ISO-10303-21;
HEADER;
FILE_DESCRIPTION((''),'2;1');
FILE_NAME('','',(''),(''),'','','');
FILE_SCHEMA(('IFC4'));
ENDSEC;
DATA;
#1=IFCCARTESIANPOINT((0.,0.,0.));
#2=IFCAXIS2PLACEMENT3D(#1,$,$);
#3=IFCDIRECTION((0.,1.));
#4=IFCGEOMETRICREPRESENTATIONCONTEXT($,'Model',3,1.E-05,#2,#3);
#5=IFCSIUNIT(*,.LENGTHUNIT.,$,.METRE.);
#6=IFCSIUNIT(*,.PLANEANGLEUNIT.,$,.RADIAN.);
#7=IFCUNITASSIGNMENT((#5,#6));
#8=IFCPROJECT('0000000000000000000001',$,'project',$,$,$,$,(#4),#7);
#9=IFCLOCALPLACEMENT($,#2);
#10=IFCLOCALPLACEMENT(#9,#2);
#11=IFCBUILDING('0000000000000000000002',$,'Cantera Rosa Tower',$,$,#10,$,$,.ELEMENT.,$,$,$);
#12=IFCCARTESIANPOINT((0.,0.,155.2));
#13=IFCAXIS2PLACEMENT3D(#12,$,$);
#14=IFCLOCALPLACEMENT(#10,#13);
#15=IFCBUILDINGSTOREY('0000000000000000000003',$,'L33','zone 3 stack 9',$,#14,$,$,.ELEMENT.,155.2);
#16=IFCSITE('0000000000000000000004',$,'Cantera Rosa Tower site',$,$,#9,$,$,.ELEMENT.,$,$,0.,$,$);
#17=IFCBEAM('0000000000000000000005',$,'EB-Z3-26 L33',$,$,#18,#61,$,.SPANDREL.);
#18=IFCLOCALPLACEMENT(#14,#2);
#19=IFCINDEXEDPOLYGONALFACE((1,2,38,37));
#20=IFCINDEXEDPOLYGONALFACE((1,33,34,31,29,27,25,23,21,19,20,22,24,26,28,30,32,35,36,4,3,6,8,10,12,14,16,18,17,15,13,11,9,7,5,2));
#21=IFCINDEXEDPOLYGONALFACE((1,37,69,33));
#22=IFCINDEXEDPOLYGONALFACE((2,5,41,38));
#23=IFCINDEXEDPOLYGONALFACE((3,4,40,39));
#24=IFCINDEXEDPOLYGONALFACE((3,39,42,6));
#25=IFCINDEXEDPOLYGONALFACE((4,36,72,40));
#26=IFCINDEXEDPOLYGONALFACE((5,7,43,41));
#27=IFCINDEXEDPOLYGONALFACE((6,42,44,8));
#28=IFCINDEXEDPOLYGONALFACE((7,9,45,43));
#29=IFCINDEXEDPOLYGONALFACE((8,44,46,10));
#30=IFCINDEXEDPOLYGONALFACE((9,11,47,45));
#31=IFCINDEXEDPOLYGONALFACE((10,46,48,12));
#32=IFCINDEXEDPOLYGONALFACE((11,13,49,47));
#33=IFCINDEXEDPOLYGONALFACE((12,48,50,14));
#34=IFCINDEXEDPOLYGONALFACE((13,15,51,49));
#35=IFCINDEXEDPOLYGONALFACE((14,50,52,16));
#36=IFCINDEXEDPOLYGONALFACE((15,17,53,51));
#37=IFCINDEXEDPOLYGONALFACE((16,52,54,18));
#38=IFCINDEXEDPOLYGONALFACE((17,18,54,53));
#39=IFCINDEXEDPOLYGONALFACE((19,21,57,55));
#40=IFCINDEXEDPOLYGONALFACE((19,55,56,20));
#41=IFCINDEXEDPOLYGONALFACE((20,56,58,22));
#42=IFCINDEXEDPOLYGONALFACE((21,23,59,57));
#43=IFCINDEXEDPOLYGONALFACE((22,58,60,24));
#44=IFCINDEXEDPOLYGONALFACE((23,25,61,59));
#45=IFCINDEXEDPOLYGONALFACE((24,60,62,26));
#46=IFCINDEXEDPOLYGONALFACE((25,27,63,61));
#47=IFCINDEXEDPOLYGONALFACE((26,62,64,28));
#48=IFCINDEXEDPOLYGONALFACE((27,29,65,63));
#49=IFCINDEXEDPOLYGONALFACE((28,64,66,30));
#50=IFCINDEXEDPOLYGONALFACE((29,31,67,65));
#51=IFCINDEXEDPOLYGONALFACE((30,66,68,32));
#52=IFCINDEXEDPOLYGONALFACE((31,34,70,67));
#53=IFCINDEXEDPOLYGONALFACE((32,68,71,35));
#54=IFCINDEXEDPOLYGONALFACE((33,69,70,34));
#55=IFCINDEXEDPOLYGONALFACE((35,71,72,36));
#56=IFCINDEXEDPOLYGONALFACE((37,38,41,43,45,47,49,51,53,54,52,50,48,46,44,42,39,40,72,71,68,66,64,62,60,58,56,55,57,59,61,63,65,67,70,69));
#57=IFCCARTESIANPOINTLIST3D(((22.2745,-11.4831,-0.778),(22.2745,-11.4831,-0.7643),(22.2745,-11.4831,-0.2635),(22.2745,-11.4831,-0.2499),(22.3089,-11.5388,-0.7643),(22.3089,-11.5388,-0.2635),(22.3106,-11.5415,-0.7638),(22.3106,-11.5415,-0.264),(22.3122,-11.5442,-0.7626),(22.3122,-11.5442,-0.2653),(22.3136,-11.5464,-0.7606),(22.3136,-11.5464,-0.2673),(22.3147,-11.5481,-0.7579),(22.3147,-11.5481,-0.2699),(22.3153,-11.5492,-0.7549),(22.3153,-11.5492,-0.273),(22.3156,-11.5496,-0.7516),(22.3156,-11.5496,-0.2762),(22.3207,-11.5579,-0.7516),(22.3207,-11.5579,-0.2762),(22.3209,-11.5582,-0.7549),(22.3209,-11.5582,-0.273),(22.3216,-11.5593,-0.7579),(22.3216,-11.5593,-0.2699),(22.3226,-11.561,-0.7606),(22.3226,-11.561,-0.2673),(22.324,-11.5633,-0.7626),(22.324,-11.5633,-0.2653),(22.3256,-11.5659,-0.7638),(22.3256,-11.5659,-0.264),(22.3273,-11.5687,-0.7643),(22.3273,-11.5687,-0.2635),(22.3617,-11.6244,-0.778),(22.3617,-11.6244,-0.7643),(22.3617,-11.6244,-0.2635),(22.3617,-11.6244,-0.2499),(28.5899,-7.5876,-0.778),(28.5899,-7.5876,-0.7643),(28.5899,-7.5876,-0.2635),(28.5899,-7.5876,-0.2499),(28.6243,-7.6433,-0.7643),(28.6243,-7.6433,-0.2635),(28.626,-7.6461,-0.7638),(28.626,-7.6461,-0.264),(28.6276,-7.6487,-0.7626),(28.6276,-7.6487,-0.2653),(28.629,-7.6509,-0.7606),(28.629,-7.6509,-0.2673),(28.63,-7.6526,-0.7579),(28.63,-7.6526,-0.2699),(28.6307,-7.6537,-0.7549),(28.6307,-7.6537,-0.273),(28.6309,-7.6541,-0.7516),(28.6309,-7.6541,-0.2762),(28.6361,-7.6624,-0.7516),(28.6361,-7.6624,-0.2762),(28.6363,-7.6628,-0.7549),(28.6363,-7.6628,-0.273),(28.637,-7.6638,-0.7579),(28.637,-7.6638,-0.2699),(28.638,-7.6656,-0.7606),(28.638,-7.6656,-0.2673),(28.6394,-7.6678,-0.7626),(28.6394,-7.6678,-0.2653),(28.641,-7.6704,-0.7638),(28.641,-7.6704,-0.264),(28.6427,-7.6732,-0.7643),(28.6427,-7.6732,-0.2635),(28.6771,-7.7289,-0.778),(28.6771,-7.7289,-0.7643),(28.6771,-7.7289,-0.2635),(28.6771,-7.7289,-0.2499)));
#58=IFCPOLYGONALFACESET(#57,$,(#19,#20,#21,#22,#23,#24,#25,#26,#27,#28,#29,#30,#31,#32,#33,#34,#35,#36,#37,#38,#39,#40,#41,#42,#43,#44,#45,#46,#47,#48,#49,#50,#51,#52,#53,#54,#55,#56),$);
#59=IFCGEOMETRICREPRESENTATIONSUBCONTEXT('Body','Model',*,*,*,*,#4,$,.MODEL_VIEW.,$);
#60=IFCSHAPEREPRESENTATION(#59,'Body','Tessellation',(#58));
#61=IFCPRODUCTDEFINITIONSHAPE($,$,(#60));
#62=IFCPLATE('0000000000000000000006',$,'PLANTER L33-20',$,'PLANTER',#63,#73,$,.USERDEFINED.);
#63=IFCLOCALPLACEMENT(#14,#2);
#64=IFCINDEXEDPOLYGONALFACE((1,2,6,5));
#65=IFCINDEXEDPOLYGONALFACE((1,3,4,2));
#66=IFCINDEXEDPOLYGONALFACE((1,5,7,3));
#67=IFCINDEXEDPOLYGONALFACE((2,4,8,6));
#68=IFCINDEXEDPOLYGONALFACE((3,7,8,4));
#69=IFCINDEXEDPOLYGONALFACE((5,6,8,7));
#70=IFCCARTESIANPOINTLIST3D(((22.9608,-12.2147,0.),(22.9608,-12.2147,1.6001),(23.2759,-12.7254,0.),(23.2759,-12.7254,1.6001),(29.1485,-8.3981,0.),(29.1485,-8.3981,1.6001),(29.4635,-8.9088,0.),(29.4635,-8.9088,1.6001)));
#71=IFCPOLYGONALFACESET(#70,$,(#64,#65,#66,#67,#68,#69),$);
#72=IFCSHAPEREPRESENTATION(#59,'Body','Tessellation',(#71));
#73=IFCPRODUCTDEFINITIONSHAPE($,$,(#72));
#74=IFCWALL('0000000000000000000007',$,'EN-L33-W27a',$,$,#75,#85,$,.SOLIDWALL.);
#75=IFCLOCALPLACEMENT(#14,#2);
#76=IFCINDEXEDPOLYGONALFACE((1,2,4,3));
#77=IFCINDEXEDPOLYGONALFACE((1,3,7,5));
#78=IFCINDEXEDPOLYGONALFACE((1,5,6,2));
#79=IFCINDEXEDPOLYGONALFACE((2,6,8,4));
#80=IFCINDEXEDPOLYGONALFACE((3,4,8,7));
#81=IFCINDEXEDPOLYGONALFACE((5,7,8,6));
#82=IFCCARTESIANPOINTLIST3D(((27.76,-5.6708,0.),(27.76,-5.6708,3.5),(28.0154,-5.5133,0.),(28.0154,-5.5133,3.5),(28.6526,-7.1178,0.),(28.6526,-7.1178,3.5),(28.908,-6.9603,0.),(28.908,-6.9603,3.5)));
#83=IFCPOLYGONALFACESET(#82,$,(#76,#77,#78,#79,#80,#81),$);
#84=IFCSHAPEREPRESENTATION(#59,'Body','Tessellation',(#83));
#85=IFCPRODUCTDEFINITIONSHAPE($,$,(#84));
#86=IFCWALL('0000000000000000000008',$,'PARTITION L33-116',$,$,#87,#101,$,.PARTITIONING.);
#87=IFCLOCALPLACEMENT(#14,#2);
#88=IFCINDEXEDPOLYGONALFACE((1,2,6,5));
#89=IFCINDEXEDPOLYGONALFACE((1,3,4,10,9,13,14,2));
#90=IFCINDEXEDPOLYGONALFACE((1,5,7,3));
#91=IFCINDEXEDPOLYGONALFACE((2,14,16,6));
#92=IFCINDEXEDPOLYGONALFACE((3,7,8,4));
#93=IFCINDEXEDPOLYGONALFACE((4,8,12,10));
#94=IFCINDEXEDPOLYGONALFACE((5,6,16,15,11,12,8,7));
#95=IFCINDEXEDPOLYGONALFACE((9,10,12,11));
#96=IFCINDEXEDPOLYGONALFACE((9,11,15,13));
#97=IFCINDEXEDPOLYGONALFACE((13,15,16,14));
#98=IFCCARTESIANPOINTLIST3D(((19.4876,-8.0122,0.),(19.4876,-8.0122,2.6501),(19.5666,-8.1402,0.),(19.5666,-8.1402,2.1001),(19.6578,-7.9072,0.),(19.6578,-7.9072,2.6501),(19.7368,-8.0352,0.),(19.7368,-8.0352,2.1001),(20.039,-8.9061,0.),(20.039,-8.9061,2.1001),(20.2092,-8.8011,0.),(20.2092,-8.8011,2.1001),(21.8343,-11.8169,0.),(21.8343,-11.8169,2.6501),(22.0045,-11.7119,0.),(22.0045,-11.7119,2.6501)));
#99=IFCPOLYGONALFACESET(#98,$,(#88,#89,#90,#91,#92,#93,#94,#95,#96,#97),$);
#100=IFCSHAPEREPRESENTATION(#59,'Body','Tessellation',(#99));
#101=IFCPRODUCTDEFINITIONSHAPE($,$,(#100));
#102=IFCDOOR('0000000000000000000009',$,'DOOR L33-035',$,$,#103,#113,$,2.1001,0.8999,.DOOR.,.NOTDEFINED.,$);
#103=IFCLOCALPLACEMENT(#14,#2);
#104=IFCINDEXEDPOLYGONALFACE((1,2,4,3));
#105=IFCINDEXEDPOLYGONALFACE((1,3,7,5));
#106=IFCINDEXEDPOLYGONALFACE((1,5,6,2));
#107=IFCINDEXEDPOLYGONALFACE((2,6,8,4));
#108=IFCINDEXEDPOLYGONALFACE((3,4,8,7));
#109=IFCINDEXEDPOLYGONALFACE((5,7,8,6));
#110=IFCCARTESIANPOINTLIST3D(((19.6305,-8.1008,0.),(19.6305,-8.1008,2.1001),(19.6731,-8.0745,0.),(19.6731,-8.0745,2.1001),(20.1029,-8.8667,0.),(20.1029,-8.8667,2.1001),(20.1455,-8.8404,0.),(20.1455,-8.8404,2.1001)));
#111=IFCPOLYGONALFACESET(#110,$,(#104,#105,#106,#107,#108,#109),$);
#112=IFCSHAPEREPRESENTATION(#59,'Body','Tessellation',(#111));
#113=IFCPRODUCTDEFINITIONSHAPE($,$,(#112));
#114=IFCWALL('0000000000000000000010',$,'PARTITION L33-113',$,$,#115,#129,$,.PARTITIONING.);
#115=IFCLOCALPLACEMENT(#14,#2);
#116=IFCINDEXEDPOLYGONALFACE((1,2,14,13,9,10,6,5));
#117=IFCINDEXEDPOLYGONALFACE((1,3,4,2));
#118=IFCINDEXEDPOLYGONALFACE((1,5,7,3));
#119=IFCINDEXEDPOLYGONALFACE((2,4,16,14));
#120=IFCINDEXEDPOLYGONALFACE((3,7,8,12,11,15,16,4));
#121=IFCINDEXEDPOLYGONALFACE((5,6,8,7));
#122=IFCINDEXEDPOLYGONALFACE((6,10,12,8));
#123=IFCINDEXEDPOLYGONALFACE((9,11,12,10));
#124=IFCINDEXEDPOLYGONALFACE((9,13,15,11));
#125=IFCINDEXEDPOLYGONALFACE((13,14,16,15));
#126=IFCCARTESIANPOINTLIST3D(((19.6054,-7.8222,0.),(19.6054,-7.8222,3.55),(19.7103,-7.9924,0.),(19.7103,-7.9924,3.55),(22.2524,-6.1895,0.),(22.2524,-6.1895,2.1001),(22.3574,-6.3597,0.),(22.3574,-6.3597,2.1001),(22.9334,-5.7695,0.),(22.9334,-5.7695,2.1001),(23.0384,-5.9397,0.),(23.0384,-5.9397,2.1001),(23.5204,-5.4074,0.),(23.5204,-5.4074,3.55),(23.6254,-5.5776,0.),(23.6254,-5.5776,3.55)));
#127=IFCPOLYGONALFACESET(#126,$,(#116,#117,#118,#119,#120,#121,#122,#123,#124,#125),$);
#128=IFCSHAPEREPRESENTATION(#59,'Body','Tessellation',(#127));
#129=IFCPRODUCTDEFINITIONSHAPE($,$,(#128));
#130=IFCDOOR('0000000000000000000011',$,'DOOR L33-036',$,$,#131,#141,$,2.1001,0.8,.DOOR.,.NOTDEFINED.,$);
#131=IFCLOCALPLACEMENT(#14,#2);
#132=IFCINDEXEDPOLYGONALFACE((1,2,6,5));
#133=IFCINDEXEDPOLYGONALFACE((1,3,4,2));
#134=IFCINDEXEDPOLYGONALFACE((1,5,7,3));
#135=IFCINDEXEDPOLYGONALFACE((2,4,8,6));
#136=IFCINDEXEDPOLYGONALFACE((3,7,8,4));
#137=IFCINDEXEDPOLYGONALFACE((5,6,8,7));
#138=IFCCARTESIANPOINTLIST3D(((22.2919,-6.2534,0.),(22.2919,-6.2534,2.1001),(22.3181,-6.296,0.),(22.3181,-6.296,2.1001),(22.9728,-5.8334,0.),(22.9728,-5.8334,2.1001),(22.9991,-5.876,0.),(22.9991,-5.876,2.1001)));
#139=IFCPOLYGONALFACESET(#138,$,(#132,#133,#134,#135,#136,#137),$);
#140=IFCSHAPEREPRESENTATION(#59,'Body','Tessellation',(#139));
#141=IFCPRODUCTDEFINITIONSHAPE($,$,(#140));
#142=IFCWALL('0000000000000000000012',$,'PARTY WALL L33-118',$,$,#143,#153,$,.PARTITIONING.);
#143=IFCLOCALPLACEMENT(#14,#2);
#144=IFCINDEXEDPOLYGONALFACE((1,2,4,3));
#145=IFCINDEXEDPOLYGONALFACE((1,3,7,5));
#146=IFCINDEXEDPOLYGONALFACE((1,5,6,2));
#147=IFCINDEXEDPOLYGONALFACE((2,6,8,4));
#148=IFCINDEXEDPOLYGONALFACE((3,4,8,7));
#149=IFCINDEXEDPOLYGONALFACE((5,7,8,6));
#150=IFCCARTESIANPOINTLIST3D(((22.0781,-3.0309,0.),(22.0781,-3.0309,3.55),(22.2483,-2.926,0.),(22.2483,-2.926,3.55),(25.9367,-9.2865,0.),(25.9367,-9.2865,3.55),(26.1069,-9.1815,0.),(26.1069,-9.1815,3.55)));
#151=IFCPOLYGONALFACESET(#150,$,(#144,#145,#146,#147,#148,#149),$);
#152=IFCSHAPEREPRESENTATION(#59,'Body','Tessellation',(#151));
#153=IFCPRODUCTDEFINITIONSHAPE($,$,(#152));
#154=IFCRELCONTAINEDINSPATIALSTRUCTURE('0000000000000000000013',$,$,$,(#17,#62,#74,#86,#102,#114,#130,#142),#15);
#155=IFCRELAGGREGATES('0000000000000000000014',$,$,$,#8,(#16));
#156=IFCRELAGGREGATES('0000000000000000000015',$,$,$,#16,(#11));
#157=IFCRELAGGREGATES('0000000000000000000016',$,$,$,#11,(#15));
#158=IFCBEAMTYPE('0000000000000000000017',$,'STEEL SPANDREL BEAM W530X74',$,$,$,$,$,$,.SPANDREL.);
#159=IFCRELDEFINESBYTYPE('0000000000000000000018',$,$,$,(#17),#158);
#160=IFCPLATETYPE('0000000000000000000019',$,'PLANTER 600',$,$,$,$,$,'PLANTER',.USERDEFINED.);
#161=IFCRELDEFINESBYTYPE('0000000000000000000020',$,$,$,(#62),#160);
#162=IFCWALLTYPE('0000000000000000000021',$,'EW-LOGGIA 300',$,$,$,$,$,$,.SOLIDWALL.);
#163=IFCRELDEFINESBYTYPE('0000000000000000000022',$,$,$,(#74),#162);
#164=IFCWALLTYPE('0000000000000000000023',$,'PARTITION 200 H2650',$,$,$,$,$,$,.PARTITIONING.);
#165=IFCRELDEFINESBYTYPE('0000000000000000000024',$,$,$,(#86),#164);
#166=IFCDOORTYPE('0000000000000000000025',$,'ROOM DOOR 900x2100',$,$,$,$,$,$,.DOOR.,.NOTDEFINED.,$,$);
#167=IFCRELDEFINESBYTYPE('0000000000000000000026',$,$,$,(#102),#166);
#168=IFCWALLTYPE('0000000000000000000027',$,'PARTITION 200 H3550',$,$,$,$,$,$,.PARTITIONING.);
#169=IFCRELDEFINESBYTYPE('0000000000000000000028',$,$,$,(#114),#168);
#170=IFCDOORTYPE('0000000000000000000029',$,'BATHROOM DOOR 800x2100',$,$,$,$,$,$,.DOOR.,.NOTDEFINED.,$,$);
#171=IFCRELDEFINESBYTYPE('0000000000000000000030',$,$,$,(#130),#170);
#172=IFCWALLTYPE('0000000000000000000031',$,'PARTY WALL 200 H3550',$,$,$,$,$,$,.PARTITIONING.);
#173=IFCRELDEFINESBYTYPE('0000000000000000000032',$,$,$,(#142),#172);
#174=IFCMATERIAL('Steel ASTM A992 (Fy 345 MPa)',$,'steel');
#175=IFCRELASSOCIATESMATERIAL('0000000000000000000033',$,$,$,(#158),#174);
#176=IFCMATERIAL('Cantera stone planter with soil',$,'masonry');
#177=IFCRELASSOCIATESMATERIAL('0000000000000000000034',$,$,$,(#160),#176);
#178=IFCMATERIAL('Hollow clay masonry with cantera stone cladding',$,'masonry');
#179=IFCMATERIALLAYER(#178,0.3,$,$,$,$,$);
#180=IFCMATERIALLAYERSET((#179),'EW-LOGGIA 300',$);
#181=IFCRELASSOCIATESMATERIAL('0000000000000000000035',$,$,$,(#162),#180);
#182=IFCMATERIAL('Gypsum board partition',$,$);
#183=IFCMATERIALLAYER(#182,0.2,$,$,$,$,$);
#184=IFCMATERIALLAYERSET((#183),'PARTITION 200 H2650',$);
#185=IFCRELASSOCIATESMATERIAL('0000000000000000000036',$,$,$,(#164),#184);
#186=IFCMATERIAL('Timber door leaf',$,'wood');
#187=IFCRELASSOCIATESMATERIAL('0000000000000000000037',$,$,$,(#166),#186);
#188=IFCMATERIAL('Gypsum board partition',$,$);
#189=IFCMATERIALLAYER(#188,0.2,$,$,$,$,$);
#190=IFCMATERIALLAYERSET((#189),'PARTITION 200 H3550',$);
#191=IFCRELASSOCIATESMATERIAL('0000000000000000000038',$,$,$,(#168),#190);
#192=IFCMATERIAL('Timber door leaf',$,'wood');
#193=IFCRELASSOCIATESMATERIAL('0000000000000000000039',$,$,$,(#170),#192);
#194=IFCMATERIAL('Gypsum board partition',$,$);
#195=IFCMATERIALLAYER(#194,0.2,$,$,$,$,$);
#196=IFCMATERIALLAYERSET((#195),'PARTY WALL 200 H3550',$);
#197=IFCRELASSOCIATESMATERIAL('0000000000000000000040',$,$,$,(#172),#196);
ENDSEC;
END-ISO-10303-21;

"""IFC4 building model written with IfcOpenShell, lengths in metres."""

from ifc_helpers import new_model, si_unit, direction, frame, frame_2d, origin, origin_2d, place, context, subcontext, project, spatial, rectangle, i_section, extrude, material, layer, layer_set, material_profile, profile_set, type_object, element, fill, save


model = new_model("IFC4")

# Units and contexts
model_context = context("Model", 3, precision=1e-05, world=origin(), true_north=direction((0.0, 1.0)))
body_context = subcontext(model_context, "Body", "Model", "MODEL_VIEW")
ifc_project = project(units=[si_unit("LENGTHUNIT", "METRE"), si_unit("PLANEANGLEUNIT", "RADIAN")], contexts=[model_context])

# Site, building, storey
site_placement = place(None, origin())
site = spatial("IfcSite", under=ifc_project, at=site_placement, Name="Cantera Rosa Tower site", CompositionType="ELEMENT", RefElevation=0.0)
building_placement = place(site_placement, origin())
building = spatial("IfcBuilding", under=site, at=building_placement, Name="Cantera Rosa Tower", CompositionType="ELEMENT")
storey_placement = place(building_placement, frame((0.0, 0.0, 155.2)))
storey = spatial("IfcBuildingStorey", under=building, at=storey_placement, Name="L33", Description="zone 3 stack 9", CompositionType="ELEMENT", Elevation=155.2)

# Beam
ifc_material_1 = material(Name="Steel ASTM A992 (Fy 345 MPa)", Category="steel")
ifc_material_profile_1 = material_profile(ifc_material_1, i_section(OverallWidth=0.166, OverallDepth=0.5281, WebThickness=0.0098, FlangeThickness=0.0137, FilletRadius=0.0127, at=origin_2d()), Name="W530X74")
ifc_profile_set_1 = profile_set([ifc_material_profile_1], Name="Steel ASTM A992 (Fy 345 MPa)")
beam_type_1 = type_object("IfcBeamType", Name="STEEL SPANDREL BEAM W530X74", PredefinedType="SPANDREL", material=ifc_profile_set_1)
beam_1_placement = place(storey_placement, frame((22.3181, -11.5537, -0.5139), z_axis=(0.851111, 0.524986, 0.0), x_axis=(-0.524986, 0.851111, 0.0)))
element("IfcBeam", 1, at=beam_1_placement, inside=storey, type_object=beam_type_1, Name="EB-Z3-26 L33", PredefinedType="SPANDREL", context=body_context, shape_type="SweptSolid", body=[
    extrude(i_section(OverallWidth=0.166, OverallDepth=0.5281, WebThickness=0.0098, FlangeThickness=0.0137, FilletRadius=0.0127, at=origin_2d()), origin(), (0.0, 0.0, 1.0), 7.4202),
])

# Plate
ifc_material_2 = material(Name="Cantera stone planter with soil", Category="masonry")
plate_type = type_object("IfcPlateType", Name="PLANTER 600", ElementType="PLANTER", PredefinedType="USERDEFINED", material=ifc_material_2)
plate_placement = place(storey_placement, frame((26.2122, -10.5618, 0.0), z_axis=(0.0, 0.0, 1.0), x_axis=(0.851117, 0.524977, 0.0)))
element("IfcPlate", 2, at=plate_placement, inside=storey, type_object=plate_type, Name="PLANTER L33-20", ObjectType="PLANTER", PredefinedType="USERDEFINED", context=body_context, shape_type="SweptSolid", body=[
    extrude(rectangle(XDim=7.27, YDim=0.6001, at=origin_2d()), origin(), (0.0, 0.0, 1.0), 1.6001),
])

# Wall
ifc_material_3 = material(Name="Hollow clay masonry with cantera stone cladding", Category="masonry")
ifc_layer_1 = layer(ifc_material_3, 0.3)
ifc_layer_set_1 = layer_set([ifc_layer_1], Name="EW-LOGGIA 300")
wall_type_1 = type_object("IfcWallType", Name="EW-LOGGIA 300", PredefinedType="SOLIDWALL", material=ifc_layer_set_1)
wall_1_placement = place(storey_placement, frame((28.7803, -7.0391, 0.0), z_axis=(0.0, 0.0, 1.0), x_axis=(-0.524994, 0.851106, 0.0)))
element("IfcWall", 3, at=wall_1_placement, inside=storey, type_object=wall_type_1, Name="EN-L33-W27a", PredefinedType="SOLIDWALL", context=body_context, shape_type="SweptSolid", body=[
    extrude(rectangle(XDim=1.7002, YDim=0.3, at=frame_2d((0.8501, 0.0))), origin(), (0.0, 0.0, 1.0), 3.5),
])

# Walls, openings, doors
ifc_material_4 = material(Name="Gypsum board partition")
ifc_layer_2 = layer(ifc_material_4, 0.2)
ifc_layer_set_2 = layer_set([ifc_layer_2], Name="PARTITION 200 H2650")
wall_type_2 = type_object("IfcWallType", Name="PARTITION 200 H2650", PredefinedType="PARTITIONING", material=ifc_layer_set_2)
wall_2_placement = place(storey_placement, frame((21.9194, -11.7644, 0.0), z_axis=(0.0, 0.0, 1.0), x_axis=(-0.524963, 0.851125, 0.0)))
wall_2 = element("IfcWall", 4, at=wall_2_placement, inside=storey, type_object=wall_type_2, Name="PARTITION L33-116", PredefinedType="PARTITIONING", context=body_context, shape_type="SweptSolid", body=[
    extrude(rectangle(XDim=4.4702, YDim=0.2, at=frame_2d((2.2351, 0.0))), origin(), (0.0, 0.0, 1.0), 2.6501),
])
opening_1_placement = place(wall_2_placement, frame((3.4199, 0.0, 0.0)))
opening_1 = element("IfcOpeningElement", 5, at=opening_1_placement, cuts=wall_2, PredefinedType="OPENING", context=body_context, shape_type="SweptSolid", body=[
    extrude(rectangle(XDim=0.8999, YDim=2.1001, at=frame_2d((0.45, 1.05))), frame((0.0, 0.1099, 0.0), z_axis=(0.0, -1.0, 0.0), x_axis=(1.0, 0.0, 0.0)), (0.0, 0.0, 1.0), 0.22),
])
ifc_material_5 = material(Name="Timber door leaf", Category="wood")
door_type_1 = type_object("IfcDoorType", Name="ROOM DOOR 900x2100", OperationType="NOTDEFINED", PredefinedType="DOOR", material=ifc_material_5)
door_1_placement = place(opening_1_placement, origin())
door_1 = element("IfcDoor", 6, at=door_1_placement, inside=storey, type_object=door_type_1, Name="DOOR L33-035", OperationType="NOTDEFINED", OverallHeight=2.1001, OverallWidth=0.8999, PredefinedType="DOOR", context=body_context, shape_type="SweptSolid", body=[
    extrude(rectangle(XDim=0.8999, YDim=2.1001, at=frame_2d((0.45, 1.05))), frame((0.0, 0.0249, 0.0), z_axis=(0.0, -1.0, 0.0), x_axis=(1.0, 0.0, 0.0)), (0.0, 0.0, 1.0), 0.05),
])
fill(opening_1, door_1)
ifc_material_6 = material(Name="Gypsum board partition")
ifc_layer_3 = layer(ifc_material_6, 0.2)
ifc_layer_set_3 = layer_set([ifc_layer_3], Name="PARTITION 200 H3550")
wall_type_3 = type_object("IfcWallType", Name="PARTITION 200 H3550", PredefinedType="PARTITIONING", material=ifc_layer_set_3)
wall_3_placement = place(storey_placement, frame((19.658, -7.9072, 0.0), z_axis=(0.0, 0.0, 1.0), x_axis=(0.85112, 0.524971, 0.0)))
wall_3 = element("IfcWall", 7, at=wall_3_placement, inside=storey, type_object=wall_type_3, Name="PARTITION L33-113", PredefinedType="PARTITIONING", context=body_context, shape_type="SweptSolid", body=[
    extrude(rectangle(XDim=4.5999, YDim=0.2, at=frame_2d((2.2998, 0.0))), origin(), (0.0, 0.0, 1.0), 3.55),
])
opening_2_placement = place(wall_3_placement, frame((3.1101, 0.0, 0.0)))
opening_2 = element("IfcOpeningElement", 8, at=opening_2_placement, cuts=wall_3, PredefinedType="OPENING", context=body_context, shape_type="SweptSolid", body=[
    extrude(rectangle(XDim=0.8, YDim=2.1001, at=frame_2d((0.3999, 1.05))), frame((0.0, 0.1099, 0.0), z_axis=(0.0, -1.0, 0.0), x_axis=(1.0, 0.0, 0.0)), (0.0, 0.0, 1.0), 0.22),
])
ifc_material_7 = material(Name="Timber door leaf", Category="wood")
door_type_2 = type_object("IfcDoorType", Name="BATHROOM DOOR 800x2100", OperationType="NOTDEFINED", PredefinedType="DOOR", material=ifc_material_7)
door_2_placement = place(opening_2_placement, origin())
door_2 = element("IfcDoor", 9, at=door_2_placement, inside=storey, type_object=door_type_2, Name="DOOR L33-036", OperationType="NOTDEFINED", OverallHeight=2.1001, OverallWidth=0.8, PredefinedType="DOOR", context=body_context, shape_type="SweptSolid", body=[
    extrude(rectangle(XDim=0.8, YDim=2.1001, at=frame_2d((0.3999, 1.05))), frame((0.0, 0.0249, 0.0), z_axis=(0.0, -1.0, 0.0), x_axis=(1.0, 0.0, 0.0)), (0.0, 0.0, 1.0), 0.05),
])
fill(opening_2, door_2)

# Wall
ifc_material_8 = material(Name="Gypsum board partition")
ifc_layer_4 = layer(ifc_material_8, 0.2)
ifc_layer_set_4 = layer_set([ifc_layer_4], Name="PARTY WALL 200 H3550")
wall_type_4 = type_object("IfcWallType", Name="PARTY WALL 200 H3550", PredefinedType="PARTITIONING", material=ifc_layer_set_4)
wall_4_placement = place(storey_placement, frame((26.0217, -9.2339, 0.0), z_axis=(0.0, 0.0, 1.0), x_axis=(-0.524989, 0.851109, 0.0)))
element("IfcWall", 10, at=wall_4_placement, inside=storey, type_object=wall_type_4, Name="PARTY WALL L33-118", PredefinedType="PARTITIONING", context=body_context, shape_type="SweptSolid", body=[
    extrude(rectangle(XDim=7.3499, YDim=0.2, at=frame_2d((3.6748, 0.0))), origin(), (0.0, 0.0, 1.0), 3.55),
])

save(model, "model.ifc")
